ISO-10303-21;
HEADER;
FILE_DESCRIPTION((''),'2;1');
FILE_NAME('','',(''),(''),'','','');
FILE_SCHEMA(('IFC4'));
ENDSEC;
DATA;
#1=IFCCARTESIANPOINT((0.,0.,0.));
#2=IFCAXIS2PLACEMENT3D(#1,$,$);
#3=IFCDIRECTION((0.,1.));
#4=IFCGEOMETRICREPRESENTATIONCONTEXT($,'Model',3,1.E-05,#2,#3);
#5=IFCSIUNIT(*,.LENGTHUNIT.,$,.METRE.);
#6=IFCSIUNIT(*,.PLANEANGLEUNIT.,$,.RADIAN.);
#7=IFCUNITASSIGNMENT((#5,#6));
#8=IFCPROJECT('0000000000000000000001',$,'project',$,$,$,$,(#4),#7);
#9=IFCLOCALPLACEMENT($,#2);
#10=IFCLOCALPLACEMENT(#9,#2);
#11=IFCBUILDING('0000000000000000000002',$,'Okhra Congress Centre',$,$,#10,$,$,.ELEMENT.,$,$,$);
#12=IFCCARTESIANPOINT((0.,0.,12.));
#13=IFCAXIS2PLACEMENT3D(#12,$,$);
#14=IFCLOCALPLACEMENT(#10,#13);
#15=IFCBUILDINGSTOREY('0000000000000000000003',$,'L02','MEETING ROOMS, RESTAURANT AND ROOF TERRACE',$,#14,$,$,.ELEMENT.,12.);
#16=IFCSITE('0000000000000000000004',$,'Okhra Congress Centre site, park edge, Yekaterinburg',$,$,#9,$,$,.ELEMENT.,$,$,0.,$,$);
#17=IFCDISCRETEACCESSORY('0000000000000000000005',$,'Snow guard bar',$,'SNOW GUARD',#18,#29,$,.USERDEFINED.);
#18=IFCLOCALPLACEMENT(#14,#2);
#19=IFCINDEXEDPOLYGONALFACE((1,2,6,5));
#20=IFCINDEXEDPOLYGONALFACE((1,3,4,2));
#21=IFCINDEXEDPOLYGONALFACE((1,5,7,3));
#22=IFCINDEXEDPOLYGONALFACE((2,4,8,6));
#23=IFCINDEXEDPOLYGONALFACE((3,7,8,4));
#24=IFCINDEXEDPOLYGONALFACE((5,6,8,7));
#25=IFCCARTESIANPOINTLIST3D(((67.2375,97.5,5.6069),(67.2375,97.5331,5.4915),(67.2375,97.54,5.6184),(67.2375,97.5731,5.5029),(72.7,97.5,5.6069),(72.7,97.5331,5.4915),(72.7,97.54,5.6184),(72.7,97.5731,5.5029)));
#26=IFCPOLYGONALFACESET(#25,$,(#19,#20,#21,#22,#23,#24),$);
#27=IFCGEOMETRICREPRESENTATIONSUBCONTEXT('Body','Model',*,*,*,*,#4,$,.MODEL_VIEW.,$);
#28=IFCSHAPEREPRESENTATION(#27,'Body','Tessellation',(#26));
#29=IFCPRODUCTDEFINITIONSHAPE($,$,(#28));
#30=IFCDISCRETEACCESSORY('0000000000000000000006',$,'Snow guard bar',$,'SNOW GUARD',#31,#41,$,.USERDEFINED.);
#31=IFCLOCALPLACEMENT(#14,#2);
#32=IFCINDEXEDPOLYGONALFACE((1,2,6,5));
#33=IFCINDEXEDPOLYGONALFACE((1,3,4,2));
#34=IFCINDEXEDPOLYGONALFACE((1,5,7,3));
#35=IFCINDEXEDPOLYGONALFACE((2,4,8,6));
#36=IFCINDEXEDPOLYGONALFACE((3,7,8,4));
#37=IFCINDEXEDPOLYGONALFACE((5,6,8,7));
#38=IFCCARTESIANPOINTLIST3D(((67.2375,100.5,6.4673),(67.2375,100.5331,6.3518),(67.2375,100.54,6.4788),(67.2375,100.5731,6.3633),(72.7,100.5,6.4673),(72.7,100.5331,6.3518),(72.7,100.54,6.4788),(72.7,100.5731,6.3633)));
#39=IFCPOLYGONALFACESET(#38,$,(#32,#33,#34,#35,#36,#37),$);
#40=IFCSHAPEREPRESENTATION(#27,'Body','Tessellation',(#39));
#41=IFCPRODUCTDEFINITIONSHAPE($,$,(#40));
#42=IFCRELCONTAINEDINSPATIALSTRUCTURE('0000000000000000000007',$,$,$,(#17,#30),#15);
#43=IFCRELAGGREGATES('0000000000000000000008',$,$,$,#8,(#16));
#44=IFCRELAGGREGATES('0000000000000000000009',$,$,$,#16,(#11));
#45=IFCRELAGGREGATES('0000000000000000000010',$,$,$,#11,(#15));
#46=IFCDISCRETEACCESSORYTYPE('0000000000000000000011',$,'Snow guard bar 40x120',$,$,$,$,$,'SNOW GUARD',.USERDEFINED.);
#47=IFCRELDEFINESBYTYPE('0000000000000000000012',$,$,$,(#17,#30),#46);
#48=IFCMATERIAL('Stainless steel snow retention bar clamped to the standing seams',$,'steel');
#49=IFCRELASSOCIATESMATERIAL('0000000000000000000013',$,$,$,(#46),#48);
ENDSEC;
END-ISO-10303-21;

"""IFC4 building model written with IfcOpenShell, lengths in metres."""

from ifc_helpers import new_model, si_unit, direction, frame, origin, place, context, subcontext, project, spatial, polyline, outline, extrude, material, type_object, element, save


model = new_model("IFC4")

# Units and contexts
model_context = context("Model", 3, precision=1e-05, world=origin(), true_north=direction((0.0, 1.0)))
body_context = subcontext(model_context, "Body", "Model", "MODEL_VIEW")
ifc_project = project(units=[si_unit("LENGTHUNIT", "METRE"), si_unit("PLANEANGLEUNIT", "RADIAN")], contexts=[model_context])

# Site, building, storey
site_placement = place(None, origin())
site = spatial("IfcSite", under=ifc_project, at=site_placement, Name="Okhra Congress Centre site, park edge, Yekaterinburg", CompositionType="ELEMENT", RefElevation=0.0)
building_placement = place(site_placement, origin())
building = spatial("IfcBuilding", under=site, at=building_placement, Name="Okhra Congress Centre", CompositionType="ELEMENT")
storey_placement = place(building_placement, frame((0.0, 0.0, 12.0)))
storey = spatial("IfcBuildingStorey", under=building, at=storey_placement, Name="L02", Description="MEETING ROOMS, RESTAURANT AND ROOF TERRACE", CompositionType="ELEMENT", Elevation=12.0)

# Discrete accessories
ifc_material_1 = material(Name="Stainless steel snow retention bar clamped to the standing seams", Category="steel")
discrete_accessory_type_1 = type_object("IfcDiscreteAccessoryType", Name="Snow guard bar 40x120", ElementType="SNOW GUARD", PredefinedType="USERDEFINED", material=ifc_material_1)
for number, where, z_axis, x_axis, name in (
    (1, (67.2375, 97.5, 5.6069), (0.0, -0.275495, 0.961302), (1.0, 0.0, 0.0), "Snow guard bar"),
    (2, (67.2375, 100.5, 6.4673), (0.0, -0.275495, 0.961302), (1.0, 0.0, 0.0), "Snow guard bar"),
):
    element("IfcDiscreteAccessory", number, at=place(storey_placement, frame(where, z_axis=z_axis, x_axis=x_axis)), inside=storey, type_object=discrete_accessory_type_1, Name=name, ObjectType="SNOW GUARD", PredefinedType="USERDEFINED", context=body_context, shape_type="SweptSolid", body=[
        extrude(outline(polyline([(0.0, 0.0), (5.4624, 0.0), (5.4624, 0.0417), (0.0, 0.0417), (0.0, 0.0)])), origin(), (0.0, 0.0, -1.0), 0.1201),
    ])

save(model, "model.ifc")
